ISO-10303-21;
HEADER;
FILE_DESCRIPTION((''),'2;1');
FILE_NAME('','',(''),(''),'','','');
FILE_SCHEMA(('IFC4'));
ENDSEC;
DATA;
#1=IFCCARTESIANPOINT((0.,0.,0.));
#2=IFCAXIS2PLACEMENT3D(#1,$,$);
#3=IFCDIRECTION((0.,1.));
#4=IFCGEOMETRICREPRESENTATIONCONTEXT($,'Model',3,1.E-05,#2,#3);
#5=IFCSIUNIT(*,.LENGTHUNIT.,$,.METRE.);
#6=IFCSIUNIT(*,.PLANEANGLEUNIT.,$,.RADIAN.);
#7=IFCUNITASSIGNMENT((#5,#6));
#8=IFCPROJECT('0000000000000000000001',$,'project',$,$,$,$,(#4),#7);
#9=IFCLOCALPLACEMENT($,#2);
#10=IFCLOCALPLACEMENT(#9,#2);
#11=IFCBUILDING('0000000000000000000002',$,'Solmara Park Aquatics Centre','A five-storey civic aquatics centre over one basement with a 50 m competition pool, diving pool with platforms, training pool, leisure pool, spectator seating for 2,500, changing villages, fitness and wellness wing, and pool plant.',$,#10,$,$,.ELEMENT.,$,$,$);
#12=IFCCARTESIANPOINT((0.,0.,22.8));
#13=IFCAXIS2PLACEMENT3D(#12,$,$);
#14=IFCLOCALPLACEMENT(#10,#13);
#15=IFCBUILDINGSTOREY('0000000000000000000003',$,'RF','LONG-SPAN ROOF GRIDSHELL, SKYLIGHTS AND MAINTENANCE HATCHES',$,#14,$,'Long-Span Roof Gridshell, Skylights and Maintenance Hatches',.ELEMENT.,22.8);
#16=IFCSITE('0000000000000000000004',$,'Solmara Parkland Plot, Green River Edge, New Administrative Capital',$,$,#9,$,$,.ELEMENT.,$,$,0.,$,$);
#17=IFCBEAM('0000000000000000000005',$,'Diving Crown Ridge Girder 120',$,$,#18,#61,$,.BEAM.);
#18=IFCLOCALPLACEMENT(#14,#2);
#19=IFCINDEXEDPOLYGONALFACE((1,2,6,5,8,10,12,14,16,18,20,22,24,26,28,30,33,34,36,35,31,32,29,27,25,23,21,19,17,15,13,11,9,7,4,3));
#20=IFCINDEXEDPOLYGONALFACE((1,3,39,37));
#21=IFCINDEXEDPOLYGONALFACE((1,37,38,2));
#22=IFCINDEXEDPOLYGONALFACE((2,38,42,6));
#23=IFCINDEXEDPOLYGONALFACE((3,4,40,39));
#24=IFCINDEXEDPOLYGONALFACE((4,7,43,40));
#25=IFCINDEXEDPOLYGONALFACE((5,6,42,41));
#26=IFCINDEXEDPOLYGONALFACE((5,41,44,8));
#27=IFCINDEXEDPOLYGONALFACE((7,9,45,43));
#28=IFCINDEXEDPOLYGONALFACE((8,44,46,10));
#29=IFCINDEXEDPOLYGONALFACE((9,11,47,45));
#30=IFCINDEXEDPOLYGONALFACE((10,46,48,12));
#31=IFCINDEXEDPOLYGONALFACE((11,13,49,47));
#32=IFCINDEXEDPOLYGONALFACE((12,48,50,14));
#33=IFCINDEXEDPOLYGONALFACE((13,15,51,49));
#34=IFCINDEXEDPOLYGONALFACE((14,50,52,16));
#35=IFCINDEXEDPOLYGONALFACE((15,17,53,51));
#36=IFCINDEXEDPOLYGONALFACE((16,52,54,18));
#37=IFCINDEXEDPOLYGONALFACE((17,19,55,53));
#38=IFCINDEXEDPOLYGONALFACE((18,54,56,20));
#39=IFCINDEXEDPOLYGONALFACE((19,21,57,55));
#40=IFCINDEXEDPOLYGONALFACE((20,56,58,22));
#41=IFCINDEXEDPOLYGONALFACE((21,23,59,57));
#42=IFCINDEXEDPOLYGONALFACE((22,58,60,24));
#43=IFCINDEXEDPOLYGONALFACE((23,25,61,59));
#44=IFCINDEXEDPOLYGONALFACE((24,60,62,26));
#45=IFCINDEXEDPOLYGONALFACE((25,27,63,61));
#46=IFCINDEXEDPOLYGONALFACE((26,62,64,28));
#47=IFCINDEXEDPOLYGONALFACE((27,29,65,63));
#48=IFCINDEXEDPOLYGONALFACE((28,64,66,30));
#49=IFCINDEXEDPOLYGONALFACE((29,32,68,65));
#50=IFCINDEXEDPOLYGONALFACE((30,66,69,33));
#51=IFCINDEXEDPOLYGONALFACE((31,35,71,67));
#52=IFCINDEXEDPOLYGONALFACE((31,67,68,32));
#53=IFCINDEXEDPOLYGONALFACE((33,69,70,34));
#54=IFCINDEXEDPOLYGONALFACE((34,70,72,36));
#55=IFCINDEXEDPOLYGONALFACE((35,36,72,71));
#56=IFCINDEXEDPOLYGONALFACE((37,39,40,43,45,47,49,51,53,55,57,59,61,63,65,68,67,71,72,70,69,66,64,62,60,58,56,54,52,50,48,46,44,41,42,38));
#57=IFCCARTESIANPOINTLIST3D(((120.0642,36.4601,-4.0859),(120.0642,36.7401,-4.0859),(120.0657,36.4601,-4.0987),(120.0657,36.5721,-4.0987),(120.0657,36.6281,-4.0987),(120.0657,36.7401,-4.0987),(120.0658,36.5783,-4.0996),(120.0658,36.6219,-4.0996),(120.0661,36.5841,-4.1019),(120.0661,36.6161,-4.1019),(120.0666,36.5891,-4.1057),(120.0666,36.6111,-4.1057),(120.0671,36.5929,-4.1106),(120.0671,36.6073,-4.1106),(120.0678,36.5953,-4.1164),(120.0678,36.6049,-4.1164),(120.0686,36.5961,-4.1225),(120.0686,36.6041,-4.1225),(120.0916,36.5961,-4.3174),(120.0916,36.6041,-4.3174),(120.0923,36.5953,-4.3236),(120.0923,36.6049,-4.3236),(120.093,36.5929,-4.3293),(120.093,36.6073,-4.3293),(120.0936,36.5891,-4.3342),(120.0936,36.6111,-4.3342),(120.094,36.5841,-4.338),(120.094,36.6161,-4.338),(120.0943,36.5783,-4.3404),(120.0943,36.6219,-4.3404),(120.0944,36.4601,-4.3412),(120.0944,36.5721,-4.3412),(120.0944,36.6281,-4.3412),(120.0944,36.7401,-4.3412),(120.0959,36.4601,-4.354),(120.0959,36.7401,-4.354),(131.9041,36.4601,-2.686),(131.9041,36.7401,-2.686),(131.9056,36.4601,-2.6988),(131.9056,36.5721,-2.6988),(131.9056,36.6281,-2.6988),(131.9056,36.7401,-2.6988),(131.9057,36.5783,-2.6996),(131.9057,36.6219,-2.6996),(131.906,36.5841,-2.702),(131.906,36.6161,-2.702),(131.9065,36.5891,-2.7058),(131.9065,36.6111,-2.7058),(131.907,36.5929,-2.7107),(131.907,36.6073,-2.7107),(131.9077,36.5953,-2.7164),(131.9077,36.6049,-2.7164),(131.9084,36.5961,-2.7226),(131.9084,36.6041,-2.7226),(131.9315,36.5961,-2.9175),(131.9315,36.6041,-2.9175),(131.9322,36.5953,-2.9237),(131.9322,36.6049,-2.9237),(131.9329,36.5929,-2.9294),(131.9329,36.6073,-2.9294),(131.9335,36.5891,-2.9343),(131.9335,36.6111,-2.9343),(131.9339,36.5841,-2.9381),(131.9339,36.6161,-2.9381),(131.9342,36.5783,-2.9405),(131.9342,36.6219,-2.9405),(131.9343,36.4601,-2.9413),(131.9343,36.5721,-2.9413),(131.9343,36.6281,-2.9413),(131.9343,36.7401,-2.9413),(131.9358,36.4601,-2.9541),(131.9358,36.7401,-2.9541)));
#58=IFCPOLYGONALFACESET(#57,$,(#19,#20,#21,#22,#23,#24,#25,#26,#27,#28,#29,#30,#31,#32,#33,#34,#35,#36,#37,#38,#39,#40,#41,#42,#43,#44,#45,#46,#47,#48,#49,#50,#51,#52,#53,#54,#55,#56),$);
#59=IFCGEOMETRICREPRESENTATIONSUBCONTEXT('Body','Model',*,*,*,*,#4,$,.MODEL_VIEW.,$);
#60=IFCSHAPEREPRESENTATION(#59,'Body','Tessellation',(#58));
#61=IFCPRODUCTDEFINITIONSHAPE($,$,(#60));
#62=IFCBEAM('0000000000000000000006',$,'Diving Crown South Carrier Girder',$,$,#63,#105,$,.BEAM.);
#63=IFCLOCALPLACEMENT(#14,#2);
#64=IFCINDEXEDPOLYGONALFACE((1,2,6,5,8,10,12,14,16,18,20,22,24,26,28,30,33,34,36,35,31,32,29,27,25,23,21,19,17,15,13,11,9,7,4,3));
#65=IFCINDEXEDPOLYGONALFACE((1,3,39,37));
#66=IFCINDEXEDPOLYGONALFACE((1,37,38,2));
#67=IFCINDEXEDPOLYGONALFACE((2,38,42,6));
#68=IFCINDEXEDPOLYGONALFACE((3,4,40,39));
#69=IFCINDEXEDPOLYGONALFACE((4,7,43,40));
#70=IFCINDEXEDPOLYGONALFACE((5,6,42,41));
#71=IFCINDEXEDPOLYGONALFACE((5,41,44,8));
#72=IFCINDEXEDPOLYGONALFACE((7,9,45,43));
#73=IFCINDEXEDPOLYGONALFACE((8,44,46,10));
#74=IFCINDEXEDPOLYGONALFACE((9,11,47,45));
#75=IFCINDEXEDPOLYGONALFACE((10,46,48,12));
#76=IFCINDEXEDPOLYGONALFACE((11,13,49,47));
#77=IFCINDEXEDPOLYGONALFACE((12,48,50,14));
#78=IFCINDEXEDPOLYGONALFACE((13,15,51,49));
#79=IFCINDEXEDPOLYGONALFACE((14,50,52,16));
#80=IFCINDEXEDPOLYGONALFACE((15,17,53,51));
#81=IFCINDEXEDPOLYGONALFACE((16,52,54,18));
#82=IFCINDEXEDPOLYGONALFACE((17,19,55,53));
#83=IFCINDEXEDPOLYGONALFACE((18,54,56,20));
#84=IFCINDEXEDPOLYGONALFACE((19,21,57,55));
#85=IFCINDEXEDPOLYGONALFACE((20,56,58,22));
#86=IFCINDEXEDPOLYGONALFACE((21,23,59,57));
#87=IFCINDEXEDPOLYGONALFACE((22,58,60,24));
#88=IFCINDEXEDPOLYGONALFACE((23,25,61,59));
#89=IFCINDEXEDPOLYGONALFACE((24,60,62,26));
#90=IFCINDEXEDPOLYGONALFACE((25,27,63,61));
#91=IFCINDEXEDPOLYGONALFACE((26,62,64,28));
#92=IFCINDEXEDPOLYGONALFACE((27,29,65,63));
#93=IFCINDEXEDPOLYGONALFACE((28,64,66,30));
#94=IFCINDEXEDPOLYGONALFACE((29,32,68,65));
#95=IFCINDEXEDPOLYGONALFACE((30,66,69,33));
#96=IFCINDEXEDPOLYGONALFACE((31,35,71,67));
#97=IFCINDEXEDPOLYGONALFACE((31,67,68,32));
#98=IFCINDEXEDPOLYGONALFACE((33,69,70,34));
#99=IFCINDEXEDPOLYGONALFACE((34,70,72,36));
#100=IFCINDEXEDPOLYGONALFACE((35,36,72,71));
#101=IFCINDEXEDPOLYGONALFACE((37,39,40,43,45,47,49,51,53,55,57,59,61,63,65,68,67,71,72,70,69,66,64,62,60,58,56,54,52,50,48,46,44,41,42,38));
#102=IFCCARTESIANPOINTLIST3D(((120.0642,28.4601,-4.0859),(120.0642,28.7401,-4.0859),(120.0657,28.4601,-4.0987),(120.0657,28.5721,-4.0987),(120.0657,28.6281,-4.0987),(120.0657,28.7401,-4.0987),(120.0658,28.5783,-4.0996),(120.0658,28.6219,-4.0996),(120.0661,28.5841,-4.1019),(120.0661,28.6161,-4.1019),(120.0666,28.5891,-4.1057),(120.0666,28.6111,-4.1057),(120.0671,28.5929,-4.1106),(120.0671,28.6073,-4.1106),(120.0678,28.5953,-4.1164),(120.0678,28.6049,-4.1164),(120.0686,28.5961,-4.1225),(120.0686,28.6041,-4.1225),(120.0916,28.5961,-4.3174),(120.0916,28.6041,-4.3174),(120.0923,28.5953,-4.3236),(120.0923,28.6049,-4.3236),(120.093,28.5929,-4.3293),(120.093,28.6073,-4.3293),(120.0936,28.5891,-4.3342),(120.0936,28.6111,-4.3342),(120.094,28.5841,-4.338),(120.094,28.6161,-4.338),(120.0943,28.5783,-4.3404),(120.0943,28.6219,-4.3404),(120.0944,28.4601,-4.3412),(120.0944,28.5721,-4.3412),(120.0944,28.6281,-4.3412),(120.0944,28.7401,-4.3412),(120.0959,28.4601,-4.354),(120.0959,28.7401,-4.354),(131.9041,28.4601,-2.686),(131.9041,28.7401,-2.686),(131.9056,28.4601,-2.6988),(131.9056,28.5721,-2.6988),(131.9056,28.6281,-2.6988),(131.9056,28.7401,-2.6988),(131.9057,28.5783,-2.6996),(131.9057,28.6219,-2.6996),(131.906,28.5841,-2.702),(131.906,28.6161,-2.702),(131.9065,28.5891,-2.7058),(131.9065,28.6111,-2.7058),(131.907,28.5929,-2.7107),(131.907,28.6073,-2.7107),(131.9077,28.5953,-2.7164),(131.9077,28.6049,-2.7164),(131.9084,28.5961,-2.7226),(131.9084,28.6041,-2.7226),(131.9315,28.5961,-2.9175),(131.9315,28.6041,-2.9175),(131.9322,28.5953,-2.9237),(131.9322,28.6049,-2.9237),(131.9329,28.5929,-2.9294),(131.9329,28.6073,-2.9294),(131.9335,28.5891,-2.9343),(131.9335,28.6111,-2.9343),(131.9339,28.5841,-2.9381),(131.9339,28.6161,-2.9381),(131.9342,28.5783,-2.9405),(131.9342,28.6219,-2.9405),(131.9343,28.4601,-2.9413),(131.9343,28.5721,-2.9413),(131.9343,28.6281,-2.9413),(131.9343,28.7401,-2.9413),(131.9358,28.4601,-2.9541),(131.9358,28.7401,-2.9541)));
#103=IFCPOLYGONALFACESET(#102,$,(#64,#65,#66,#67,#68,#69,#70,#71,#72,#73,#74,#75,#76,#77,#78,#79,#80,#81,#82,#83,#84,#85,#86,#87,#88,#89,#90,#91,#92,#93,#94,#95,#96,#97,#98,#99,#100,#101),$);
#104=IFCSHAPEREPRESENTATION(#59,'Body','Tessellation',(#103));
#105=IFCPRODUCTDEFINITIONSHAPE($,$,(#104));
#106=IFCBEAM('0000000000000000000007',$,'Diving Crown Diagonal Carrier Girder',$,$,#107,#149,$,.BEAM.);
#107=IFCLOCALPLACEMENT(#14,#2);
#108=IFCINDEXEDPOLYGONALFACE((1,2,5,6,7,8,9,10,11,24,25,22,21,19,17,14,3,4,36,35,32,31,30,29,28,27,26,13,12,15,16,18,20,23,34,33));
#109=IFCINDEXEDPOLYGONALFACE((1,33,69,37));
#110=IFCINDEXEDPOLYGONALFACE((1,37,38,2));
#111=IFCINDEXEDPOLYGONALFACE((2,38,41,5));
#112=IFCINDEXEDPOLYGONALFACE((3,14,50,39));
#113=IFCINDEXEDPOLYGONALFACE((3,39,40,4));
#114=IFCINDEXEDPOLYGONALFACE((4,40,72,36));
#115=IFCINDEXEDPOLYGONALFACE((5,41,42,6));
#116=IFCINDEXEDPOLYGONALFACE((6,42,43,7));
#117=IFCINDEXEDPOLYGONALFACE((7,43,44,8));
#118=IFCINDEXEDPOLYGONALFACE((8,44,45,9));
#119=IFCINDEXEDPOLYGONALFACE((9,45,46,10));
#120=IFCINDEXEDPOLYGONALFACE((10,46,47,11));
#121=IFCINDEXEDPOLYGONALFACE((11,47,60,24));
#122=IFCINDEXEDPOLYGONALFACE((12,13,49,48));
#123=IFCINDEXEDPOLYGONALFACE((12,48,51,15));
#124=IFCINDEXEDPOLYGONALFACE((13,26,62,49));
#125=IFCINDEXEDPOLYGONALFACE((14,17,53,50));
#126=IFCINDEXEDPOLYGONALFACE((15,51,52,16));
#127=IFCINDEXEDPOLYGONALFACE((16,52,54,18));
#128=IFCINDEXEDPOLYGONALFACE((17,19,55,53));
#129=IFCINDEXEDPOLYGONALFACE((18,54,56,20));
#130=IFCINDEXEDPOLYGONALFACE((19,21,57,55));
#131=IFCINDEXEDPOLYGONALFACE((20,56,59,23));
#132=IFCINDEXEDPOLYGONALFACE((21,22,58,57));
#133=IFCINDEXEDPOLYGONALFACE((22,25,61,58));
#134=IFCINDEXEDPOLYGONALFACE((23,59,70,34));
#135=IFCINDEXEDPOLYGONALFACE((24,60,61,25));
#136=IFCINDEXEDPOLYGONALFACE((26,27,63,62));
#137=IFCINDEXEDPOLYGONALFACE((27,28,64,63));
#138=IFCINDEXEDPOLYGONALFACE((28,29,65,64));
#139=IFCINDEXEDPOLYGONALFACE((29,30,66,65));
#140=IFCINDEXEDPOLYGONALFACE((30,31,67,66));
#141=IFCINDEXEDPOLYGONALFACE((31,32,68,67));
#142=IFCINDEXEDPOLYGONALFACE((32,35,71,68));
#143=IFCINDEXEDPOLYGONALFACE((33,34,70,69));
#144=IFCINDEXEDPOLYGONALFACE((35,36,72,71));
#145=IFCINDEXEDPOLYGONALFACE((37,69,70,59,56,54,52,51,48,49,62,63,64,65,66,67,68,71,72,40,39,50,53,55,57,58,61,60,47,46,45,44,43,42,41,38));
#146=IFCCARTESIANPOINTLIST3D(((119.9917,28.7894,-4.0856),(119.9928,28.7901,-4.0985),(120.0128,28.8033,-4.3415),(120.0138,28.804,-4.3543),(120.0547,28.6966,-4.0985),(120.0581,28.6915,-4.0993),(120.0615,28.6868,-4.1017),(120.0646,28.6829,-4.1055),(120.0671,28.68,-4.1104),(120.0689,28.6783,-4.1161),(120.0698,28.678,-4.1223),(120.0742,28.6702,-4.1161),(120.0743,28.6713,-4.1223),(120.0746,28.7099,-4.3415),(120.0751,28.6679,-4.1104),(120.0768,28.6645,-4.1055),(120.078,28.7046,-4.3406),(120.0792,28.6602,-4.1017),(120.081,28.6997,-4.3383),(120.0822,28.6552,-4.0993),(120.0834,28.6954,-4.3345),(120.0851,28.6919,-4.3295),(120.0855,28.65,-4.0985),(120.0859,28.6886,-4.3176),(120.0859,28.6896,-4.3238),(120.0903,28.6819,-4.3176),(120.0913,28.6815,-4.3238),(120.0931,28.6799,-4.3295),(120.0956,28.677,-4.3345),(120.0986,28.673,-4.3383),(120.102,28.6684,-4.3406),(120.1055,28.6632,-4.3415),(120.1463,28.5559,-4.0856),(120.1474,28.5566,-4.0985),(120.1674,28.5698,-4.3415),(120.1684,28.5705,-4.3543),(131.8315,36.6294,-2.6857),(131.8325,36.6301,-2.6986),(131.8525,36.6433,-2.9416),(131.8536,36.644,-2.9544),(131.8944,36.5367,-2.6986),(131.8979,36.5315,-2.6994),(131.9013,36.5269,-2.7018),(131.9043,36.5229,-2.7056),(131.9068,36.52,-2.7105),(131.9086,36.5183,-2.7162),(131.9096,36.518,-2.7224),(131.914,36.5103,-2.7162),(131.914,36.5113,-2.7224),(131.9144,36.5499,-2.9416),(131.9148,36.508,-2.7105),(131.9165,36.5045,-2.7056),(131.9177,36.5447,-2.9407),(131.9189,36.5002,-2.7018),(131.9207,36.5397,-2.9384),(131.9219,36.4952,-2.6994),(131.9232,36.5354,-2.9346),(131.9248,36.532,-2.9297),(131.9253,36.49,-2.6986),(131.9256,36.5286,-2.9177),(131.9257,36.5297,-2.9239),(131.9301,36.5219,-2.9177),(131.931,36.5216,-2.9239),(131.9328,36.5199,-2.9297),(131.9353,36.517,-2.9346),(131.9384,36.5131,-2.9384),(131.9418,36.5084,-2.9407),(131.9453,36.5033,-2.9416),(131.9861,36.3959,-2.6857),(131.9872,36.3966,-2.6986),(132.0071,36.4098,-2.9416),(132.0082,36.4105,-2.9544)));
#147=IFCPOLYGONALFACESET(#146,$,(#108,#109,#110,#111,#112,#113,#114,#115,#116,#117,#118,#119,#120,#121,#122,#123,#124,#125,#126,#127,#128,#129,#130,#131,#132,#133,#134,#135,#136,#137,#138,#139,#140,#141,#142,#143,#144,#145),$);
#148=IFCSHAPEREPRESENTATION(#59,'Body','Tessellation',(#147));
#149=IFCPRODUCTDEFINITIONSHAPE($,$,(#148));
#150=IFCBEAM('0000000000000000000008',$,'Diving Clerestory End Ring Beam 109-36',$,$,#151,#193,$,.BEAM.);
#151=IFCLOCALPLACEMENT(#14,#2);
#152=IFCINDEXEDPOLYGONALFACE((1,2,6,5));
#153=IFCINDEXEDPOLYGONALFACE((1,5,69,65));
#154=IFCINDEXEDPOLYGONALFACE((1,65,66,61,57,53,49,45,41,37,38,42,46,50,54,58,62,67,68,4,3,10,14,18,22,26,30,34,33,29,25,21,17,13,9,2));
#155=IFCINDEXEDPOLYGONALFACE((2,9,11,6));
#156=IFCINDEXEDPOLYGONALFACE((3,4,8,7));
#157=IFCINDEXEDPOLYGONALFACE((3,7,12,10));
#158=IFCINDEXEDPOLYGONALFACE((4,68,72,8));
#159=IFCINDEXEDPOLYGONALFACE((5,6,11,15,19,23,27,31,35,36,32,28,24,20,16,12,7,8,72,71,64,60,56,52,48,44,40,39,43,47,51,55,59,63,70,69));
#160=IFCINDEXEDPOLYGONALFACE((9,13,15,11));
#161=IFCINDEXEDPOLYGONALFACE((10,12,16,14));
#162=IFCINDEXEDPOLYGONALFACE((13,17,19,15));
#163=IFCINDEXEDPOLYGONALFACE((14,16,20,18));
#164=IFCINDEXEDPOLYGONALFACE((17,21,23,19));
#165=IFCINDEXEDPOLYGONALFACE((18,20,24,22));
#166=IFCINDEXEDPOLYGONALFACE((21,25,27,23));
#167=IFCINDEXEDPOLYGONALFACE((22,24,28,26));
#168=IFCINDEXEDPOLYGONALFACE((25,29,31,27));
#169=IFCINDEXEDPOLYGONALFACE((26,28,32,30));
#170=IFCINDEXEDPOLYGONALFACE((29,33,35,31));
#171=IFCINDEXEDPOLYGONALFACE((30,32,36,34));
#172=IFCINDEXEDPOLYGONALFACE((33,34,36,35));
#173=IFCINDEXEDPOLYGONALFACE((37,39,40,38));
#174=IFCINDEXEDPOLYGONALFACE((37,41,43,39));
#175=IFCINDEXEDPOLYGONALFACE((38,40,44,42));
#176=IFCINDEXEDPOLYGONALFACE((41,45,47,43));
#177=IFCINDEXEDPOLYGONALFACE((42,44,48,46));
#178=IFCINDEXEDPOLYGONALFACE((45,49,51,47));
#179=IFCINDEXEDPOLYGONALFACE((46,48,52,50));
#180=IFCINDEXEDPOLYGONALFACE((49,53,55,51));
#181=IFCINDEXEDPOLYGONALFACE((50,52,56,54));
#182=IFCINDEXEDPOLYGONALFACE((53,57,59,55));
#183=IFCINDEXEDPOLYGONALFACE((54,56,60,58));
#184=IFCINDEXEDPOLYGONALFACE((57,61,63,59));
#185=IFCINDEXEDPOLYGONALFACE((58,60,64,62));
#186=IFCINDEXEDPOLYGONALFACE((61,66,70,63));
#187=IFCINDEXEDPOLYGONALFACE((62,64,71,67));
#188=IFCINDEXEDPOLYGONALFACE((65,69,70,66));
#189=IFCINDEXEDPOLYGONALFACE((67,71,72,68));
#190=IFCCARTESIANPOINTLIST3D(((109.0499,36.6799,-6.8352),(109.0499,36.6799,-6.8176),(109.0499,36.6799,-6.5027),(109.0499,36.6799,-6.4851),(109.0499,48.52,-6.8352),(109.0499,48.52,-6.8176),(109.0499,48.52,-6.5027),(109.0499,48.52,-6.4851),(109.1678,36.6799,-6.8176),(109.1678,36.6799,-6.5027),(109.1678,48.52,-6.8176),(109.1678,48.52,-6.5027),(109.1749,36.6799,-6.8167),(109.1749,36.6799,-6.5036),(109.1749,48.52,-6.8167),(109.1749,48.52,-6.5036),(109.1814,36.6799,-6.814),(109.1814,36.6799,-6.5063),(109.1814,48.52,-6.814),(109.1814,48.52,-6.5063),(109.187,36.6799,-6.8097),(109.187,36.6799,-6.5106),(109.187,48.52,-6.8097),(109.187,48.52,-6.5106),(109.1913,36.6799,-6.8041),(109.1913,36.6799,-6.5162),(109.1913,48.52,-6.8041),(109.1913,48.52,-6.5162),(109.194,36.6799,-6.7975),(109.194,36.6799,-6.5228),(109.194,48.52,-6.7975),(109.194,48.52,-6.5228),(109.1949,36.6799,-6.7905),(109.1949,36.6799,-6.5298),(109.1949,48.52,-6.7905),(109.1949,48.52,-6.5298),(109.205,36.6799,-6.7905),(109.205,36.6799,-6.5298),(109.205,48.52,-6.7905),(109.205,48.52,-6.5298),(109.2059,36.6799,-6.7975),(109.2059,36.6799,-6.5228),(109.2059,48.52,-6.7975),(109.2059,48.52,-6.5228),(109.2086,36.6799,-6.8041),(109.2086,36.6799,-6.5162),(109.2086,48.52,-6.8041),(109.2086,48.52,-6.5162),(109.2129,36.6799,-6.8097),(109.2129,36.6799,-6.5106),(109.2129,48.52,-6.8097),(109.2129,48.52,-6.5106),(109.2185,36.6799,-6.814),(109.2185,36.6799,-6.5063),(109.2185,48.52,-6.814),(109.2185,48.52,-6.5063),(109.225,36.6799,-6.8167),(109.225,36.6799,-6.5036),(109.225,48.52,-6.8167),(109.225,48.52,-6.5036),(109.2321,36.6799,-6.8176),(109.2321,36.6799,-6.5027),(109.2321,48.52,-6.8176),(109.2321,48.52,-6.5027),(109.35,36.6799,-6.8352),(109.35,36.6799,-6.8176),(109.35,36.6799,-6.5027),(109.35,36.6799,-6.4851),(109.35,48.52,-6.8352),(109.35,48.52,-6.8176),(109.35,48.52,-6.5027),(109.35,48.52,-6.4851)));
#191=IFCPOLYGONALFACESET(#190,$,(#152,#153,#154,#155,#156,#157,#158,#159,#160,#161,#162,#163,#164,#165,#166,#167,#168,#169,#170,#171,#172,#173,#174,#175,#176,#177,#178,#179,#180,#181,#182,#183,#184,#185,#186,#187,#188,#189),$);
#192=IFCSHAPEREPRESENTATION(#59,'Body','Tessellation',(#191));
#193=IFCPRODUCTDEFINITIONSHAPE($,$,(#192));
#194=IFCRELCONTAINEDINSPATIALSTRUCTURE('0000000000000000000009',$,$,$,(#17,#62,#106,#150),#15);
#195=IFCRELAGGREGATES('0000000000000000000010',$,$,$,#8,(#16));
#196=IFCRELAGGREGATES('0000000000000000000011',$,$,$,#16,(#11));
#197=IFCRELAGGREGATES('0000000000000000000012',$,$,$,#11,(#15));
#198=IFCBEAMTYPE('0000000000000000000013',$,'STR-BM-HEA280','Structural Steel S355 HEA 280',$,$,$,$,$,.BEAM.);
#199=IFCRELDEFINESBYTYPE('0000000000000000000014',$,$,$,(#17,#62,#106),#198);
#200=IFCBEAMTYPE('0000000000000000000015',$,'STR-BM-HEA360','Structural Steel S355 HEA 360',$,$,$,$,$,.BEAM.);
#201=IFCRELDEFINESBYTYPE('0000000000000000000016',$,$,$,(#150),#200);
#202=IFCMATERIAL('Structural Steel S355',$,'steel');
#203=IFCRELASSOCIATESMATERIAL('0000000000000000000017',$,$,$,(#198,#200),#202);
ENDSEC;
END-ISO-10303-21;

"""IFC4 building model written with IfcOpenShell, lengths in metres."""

from ifc_helpers import new_model, si_unit, direction, frame, origin, origin_2d, place, context, subcontext, project, spatial, i_section, extrude, material, material_profile, profile_set, type_object, element, save


model = new_model("IFC4")

# Units and contexts
model_context = context("Model", 3, precision=1e-05, world=origin(), true_north=direction((0.0, 1.0)))
body_context = subcontext(model_context, "Body", "Model", "MODEL_VIEW")
ifc_project = project(units=[si_unit("LENGTHUNIT", "METRE"), si_unit("PLANEANGLEUNIT", "RADIAN")], contexts=[model_context])

# Site, building, storey
site_placement = place(None, origin())
site = spatial("IfcSite", under=ifc_project, at=site_placement, Name="Solmara Parkland Plot, Green River Edge, New Administrative Capital", CompositionType="ELEMENT", RefElevation=0.0)
building_placement = place(site_placement, origin())
building = spatial("IfcBuilding", under=site, at=building_placement, Name="Solmara Park Aquatics Centre", Description="A five-storey civic aquatics centre over one basement with a 50 m competition pool, diving pool with platforms, training pool, leisure pool, spectator seating for 2,500, changing villages, fitness and wellness wing, and pool plant.", CompositionType="ELEMENT")
storey_placement = place(building_placement, frame((0.0, 0.0, 22.8)))
storey = spatial("IfcBuildingStorey", under=building, at=storey_placement, Name="RF", Description="LONG-SPAN ROOF GRIDSHELL, SKYLIGHTS AND MAINTENANCE HATCHES", LongName="Long-Span Roof Gridshell, Skylights and Maintenance Hatches", CompositionType="ELEMENT", Elevation=22.8)

# Shared definitions
ifc_material_1 = material(Name="Structural Steel S355", Category="steel")

# Beams
ifc_material_profile_1 = material_profile(ifc_material_1, i_section(OverallWidth=0.28, OverallDepth=0.27, WebThickness=0.0081, FlangeThickness=0.0129, FilletRadius=0.0239, at=origin_2d()), Name="HEA 280")
ifc_profile_set_1 = profile_set([ifc_material_profile_1], Name="Structural Steel S355")
beam_type_1 = type_object("IfcBeamType", Name="STR-BM-HEA280", Description="Structural Steel S355 HEA 280", PredefinedType="BEAM", material=ifc_profile_set_1)
for number, where, z_axis, x_axis, name in (
    (1, (120.0801, 36.6001, -4.22), (0.993083, 0.0, 0.117419), (0.0, 1.0, 0.0), "Diving Crown Ridge Girder 120"),
    (2, (120.0801, 28.6001, -4.22), (0.993083, 0.0, 0.117419), (0.0, 1.0, 0.0), "Diving Crown South Carrier Girder"),
):
    element("IfcBeam", number, at=place(storey_placement, frame(where, z_axis=z_axis, x_axis=x_axis)), inside=storey, type_object=beam_type_1, Name=name, PredefinedType="BEAM", context=body_context, shape_type="SweptSolid", body=[
        extrude(i_section(OverallWidth=0.28, OverallDepth=0.27, WebThickness=0.0081, FlangeThickness=0.0129, FilletRadius=0.0239, at=origin_2d()), origin(), (0.0, 0.0, 1.0), 11.9224),
    ])
beam_1_placement = place(storey_placement, frame((120.0801, 28.6799, -4.22), z_axis=(0.829751, 0.549443, 0.098107), x_axis=(-0.552107, 0.833773, 0.0)))
element("IfcBeam", 3, at=beam_1_placement, inside=storey, type_object=beam_type_1, Name="Diving Crown Diagonal Carrier Girder", PredefinedType="BEAM", context=body_context, shape_type="SweptSolid", body=[
    extrude(i_section(OverallWidth=0.28, OverallDepth=0.27, WebThickness=0.0081, FlangeThickness=0.0129, FilletRadius=0.0239, at=origin_2d()), origin(), (0.0, 0.0, 1.0), 14.269),
])
ifc_material_profile_2 = material_profile(ifc_material_1, i_section(OverallWidth=0.3, OverallDepth=0.3501, WebThickness=0.01, FlangeThickness=0.0176, FilletRadius=0.0271, at=origin_2d()), Name="HEA 360")
ifc_profile_set_2 = profile_set([ifc_material_profile_2], Name="Structural Steel S355")
beam_type_2 = type_object("IfcBeamType", Name="STR-BM-HEA360", Description="Structural Steel S355 HEA 360", PredefinedType="BEAM", material=ifc_profile_set_2)
beam_2_placement = place(storey_placement, frame((109.2, 36.6799, -6.6602), z_axis=(0.0, 1.0, 0.0), x_axis=(-1.0, 0.0, 0.0)))
element("IfcBeam", 4, at=beam_2_placement, inside=storey, type_object=beam_type_2, Name="Diving Clerestory End Ring Beam 109-36", PredefinedType="BEAM", context=body_context, shape_type="SweptSolid", body=[
    extrude(i_section(OverallWidth=0.3, OverallDepth=0.3501, WebThickness=0.01, FlangeThickness=0.0176, FilletRadius=0.0271, at=origin_2d()), origin(), (0.0, 0.0, 1.0), 11.8401),
])

save(model, "model.ifc")
